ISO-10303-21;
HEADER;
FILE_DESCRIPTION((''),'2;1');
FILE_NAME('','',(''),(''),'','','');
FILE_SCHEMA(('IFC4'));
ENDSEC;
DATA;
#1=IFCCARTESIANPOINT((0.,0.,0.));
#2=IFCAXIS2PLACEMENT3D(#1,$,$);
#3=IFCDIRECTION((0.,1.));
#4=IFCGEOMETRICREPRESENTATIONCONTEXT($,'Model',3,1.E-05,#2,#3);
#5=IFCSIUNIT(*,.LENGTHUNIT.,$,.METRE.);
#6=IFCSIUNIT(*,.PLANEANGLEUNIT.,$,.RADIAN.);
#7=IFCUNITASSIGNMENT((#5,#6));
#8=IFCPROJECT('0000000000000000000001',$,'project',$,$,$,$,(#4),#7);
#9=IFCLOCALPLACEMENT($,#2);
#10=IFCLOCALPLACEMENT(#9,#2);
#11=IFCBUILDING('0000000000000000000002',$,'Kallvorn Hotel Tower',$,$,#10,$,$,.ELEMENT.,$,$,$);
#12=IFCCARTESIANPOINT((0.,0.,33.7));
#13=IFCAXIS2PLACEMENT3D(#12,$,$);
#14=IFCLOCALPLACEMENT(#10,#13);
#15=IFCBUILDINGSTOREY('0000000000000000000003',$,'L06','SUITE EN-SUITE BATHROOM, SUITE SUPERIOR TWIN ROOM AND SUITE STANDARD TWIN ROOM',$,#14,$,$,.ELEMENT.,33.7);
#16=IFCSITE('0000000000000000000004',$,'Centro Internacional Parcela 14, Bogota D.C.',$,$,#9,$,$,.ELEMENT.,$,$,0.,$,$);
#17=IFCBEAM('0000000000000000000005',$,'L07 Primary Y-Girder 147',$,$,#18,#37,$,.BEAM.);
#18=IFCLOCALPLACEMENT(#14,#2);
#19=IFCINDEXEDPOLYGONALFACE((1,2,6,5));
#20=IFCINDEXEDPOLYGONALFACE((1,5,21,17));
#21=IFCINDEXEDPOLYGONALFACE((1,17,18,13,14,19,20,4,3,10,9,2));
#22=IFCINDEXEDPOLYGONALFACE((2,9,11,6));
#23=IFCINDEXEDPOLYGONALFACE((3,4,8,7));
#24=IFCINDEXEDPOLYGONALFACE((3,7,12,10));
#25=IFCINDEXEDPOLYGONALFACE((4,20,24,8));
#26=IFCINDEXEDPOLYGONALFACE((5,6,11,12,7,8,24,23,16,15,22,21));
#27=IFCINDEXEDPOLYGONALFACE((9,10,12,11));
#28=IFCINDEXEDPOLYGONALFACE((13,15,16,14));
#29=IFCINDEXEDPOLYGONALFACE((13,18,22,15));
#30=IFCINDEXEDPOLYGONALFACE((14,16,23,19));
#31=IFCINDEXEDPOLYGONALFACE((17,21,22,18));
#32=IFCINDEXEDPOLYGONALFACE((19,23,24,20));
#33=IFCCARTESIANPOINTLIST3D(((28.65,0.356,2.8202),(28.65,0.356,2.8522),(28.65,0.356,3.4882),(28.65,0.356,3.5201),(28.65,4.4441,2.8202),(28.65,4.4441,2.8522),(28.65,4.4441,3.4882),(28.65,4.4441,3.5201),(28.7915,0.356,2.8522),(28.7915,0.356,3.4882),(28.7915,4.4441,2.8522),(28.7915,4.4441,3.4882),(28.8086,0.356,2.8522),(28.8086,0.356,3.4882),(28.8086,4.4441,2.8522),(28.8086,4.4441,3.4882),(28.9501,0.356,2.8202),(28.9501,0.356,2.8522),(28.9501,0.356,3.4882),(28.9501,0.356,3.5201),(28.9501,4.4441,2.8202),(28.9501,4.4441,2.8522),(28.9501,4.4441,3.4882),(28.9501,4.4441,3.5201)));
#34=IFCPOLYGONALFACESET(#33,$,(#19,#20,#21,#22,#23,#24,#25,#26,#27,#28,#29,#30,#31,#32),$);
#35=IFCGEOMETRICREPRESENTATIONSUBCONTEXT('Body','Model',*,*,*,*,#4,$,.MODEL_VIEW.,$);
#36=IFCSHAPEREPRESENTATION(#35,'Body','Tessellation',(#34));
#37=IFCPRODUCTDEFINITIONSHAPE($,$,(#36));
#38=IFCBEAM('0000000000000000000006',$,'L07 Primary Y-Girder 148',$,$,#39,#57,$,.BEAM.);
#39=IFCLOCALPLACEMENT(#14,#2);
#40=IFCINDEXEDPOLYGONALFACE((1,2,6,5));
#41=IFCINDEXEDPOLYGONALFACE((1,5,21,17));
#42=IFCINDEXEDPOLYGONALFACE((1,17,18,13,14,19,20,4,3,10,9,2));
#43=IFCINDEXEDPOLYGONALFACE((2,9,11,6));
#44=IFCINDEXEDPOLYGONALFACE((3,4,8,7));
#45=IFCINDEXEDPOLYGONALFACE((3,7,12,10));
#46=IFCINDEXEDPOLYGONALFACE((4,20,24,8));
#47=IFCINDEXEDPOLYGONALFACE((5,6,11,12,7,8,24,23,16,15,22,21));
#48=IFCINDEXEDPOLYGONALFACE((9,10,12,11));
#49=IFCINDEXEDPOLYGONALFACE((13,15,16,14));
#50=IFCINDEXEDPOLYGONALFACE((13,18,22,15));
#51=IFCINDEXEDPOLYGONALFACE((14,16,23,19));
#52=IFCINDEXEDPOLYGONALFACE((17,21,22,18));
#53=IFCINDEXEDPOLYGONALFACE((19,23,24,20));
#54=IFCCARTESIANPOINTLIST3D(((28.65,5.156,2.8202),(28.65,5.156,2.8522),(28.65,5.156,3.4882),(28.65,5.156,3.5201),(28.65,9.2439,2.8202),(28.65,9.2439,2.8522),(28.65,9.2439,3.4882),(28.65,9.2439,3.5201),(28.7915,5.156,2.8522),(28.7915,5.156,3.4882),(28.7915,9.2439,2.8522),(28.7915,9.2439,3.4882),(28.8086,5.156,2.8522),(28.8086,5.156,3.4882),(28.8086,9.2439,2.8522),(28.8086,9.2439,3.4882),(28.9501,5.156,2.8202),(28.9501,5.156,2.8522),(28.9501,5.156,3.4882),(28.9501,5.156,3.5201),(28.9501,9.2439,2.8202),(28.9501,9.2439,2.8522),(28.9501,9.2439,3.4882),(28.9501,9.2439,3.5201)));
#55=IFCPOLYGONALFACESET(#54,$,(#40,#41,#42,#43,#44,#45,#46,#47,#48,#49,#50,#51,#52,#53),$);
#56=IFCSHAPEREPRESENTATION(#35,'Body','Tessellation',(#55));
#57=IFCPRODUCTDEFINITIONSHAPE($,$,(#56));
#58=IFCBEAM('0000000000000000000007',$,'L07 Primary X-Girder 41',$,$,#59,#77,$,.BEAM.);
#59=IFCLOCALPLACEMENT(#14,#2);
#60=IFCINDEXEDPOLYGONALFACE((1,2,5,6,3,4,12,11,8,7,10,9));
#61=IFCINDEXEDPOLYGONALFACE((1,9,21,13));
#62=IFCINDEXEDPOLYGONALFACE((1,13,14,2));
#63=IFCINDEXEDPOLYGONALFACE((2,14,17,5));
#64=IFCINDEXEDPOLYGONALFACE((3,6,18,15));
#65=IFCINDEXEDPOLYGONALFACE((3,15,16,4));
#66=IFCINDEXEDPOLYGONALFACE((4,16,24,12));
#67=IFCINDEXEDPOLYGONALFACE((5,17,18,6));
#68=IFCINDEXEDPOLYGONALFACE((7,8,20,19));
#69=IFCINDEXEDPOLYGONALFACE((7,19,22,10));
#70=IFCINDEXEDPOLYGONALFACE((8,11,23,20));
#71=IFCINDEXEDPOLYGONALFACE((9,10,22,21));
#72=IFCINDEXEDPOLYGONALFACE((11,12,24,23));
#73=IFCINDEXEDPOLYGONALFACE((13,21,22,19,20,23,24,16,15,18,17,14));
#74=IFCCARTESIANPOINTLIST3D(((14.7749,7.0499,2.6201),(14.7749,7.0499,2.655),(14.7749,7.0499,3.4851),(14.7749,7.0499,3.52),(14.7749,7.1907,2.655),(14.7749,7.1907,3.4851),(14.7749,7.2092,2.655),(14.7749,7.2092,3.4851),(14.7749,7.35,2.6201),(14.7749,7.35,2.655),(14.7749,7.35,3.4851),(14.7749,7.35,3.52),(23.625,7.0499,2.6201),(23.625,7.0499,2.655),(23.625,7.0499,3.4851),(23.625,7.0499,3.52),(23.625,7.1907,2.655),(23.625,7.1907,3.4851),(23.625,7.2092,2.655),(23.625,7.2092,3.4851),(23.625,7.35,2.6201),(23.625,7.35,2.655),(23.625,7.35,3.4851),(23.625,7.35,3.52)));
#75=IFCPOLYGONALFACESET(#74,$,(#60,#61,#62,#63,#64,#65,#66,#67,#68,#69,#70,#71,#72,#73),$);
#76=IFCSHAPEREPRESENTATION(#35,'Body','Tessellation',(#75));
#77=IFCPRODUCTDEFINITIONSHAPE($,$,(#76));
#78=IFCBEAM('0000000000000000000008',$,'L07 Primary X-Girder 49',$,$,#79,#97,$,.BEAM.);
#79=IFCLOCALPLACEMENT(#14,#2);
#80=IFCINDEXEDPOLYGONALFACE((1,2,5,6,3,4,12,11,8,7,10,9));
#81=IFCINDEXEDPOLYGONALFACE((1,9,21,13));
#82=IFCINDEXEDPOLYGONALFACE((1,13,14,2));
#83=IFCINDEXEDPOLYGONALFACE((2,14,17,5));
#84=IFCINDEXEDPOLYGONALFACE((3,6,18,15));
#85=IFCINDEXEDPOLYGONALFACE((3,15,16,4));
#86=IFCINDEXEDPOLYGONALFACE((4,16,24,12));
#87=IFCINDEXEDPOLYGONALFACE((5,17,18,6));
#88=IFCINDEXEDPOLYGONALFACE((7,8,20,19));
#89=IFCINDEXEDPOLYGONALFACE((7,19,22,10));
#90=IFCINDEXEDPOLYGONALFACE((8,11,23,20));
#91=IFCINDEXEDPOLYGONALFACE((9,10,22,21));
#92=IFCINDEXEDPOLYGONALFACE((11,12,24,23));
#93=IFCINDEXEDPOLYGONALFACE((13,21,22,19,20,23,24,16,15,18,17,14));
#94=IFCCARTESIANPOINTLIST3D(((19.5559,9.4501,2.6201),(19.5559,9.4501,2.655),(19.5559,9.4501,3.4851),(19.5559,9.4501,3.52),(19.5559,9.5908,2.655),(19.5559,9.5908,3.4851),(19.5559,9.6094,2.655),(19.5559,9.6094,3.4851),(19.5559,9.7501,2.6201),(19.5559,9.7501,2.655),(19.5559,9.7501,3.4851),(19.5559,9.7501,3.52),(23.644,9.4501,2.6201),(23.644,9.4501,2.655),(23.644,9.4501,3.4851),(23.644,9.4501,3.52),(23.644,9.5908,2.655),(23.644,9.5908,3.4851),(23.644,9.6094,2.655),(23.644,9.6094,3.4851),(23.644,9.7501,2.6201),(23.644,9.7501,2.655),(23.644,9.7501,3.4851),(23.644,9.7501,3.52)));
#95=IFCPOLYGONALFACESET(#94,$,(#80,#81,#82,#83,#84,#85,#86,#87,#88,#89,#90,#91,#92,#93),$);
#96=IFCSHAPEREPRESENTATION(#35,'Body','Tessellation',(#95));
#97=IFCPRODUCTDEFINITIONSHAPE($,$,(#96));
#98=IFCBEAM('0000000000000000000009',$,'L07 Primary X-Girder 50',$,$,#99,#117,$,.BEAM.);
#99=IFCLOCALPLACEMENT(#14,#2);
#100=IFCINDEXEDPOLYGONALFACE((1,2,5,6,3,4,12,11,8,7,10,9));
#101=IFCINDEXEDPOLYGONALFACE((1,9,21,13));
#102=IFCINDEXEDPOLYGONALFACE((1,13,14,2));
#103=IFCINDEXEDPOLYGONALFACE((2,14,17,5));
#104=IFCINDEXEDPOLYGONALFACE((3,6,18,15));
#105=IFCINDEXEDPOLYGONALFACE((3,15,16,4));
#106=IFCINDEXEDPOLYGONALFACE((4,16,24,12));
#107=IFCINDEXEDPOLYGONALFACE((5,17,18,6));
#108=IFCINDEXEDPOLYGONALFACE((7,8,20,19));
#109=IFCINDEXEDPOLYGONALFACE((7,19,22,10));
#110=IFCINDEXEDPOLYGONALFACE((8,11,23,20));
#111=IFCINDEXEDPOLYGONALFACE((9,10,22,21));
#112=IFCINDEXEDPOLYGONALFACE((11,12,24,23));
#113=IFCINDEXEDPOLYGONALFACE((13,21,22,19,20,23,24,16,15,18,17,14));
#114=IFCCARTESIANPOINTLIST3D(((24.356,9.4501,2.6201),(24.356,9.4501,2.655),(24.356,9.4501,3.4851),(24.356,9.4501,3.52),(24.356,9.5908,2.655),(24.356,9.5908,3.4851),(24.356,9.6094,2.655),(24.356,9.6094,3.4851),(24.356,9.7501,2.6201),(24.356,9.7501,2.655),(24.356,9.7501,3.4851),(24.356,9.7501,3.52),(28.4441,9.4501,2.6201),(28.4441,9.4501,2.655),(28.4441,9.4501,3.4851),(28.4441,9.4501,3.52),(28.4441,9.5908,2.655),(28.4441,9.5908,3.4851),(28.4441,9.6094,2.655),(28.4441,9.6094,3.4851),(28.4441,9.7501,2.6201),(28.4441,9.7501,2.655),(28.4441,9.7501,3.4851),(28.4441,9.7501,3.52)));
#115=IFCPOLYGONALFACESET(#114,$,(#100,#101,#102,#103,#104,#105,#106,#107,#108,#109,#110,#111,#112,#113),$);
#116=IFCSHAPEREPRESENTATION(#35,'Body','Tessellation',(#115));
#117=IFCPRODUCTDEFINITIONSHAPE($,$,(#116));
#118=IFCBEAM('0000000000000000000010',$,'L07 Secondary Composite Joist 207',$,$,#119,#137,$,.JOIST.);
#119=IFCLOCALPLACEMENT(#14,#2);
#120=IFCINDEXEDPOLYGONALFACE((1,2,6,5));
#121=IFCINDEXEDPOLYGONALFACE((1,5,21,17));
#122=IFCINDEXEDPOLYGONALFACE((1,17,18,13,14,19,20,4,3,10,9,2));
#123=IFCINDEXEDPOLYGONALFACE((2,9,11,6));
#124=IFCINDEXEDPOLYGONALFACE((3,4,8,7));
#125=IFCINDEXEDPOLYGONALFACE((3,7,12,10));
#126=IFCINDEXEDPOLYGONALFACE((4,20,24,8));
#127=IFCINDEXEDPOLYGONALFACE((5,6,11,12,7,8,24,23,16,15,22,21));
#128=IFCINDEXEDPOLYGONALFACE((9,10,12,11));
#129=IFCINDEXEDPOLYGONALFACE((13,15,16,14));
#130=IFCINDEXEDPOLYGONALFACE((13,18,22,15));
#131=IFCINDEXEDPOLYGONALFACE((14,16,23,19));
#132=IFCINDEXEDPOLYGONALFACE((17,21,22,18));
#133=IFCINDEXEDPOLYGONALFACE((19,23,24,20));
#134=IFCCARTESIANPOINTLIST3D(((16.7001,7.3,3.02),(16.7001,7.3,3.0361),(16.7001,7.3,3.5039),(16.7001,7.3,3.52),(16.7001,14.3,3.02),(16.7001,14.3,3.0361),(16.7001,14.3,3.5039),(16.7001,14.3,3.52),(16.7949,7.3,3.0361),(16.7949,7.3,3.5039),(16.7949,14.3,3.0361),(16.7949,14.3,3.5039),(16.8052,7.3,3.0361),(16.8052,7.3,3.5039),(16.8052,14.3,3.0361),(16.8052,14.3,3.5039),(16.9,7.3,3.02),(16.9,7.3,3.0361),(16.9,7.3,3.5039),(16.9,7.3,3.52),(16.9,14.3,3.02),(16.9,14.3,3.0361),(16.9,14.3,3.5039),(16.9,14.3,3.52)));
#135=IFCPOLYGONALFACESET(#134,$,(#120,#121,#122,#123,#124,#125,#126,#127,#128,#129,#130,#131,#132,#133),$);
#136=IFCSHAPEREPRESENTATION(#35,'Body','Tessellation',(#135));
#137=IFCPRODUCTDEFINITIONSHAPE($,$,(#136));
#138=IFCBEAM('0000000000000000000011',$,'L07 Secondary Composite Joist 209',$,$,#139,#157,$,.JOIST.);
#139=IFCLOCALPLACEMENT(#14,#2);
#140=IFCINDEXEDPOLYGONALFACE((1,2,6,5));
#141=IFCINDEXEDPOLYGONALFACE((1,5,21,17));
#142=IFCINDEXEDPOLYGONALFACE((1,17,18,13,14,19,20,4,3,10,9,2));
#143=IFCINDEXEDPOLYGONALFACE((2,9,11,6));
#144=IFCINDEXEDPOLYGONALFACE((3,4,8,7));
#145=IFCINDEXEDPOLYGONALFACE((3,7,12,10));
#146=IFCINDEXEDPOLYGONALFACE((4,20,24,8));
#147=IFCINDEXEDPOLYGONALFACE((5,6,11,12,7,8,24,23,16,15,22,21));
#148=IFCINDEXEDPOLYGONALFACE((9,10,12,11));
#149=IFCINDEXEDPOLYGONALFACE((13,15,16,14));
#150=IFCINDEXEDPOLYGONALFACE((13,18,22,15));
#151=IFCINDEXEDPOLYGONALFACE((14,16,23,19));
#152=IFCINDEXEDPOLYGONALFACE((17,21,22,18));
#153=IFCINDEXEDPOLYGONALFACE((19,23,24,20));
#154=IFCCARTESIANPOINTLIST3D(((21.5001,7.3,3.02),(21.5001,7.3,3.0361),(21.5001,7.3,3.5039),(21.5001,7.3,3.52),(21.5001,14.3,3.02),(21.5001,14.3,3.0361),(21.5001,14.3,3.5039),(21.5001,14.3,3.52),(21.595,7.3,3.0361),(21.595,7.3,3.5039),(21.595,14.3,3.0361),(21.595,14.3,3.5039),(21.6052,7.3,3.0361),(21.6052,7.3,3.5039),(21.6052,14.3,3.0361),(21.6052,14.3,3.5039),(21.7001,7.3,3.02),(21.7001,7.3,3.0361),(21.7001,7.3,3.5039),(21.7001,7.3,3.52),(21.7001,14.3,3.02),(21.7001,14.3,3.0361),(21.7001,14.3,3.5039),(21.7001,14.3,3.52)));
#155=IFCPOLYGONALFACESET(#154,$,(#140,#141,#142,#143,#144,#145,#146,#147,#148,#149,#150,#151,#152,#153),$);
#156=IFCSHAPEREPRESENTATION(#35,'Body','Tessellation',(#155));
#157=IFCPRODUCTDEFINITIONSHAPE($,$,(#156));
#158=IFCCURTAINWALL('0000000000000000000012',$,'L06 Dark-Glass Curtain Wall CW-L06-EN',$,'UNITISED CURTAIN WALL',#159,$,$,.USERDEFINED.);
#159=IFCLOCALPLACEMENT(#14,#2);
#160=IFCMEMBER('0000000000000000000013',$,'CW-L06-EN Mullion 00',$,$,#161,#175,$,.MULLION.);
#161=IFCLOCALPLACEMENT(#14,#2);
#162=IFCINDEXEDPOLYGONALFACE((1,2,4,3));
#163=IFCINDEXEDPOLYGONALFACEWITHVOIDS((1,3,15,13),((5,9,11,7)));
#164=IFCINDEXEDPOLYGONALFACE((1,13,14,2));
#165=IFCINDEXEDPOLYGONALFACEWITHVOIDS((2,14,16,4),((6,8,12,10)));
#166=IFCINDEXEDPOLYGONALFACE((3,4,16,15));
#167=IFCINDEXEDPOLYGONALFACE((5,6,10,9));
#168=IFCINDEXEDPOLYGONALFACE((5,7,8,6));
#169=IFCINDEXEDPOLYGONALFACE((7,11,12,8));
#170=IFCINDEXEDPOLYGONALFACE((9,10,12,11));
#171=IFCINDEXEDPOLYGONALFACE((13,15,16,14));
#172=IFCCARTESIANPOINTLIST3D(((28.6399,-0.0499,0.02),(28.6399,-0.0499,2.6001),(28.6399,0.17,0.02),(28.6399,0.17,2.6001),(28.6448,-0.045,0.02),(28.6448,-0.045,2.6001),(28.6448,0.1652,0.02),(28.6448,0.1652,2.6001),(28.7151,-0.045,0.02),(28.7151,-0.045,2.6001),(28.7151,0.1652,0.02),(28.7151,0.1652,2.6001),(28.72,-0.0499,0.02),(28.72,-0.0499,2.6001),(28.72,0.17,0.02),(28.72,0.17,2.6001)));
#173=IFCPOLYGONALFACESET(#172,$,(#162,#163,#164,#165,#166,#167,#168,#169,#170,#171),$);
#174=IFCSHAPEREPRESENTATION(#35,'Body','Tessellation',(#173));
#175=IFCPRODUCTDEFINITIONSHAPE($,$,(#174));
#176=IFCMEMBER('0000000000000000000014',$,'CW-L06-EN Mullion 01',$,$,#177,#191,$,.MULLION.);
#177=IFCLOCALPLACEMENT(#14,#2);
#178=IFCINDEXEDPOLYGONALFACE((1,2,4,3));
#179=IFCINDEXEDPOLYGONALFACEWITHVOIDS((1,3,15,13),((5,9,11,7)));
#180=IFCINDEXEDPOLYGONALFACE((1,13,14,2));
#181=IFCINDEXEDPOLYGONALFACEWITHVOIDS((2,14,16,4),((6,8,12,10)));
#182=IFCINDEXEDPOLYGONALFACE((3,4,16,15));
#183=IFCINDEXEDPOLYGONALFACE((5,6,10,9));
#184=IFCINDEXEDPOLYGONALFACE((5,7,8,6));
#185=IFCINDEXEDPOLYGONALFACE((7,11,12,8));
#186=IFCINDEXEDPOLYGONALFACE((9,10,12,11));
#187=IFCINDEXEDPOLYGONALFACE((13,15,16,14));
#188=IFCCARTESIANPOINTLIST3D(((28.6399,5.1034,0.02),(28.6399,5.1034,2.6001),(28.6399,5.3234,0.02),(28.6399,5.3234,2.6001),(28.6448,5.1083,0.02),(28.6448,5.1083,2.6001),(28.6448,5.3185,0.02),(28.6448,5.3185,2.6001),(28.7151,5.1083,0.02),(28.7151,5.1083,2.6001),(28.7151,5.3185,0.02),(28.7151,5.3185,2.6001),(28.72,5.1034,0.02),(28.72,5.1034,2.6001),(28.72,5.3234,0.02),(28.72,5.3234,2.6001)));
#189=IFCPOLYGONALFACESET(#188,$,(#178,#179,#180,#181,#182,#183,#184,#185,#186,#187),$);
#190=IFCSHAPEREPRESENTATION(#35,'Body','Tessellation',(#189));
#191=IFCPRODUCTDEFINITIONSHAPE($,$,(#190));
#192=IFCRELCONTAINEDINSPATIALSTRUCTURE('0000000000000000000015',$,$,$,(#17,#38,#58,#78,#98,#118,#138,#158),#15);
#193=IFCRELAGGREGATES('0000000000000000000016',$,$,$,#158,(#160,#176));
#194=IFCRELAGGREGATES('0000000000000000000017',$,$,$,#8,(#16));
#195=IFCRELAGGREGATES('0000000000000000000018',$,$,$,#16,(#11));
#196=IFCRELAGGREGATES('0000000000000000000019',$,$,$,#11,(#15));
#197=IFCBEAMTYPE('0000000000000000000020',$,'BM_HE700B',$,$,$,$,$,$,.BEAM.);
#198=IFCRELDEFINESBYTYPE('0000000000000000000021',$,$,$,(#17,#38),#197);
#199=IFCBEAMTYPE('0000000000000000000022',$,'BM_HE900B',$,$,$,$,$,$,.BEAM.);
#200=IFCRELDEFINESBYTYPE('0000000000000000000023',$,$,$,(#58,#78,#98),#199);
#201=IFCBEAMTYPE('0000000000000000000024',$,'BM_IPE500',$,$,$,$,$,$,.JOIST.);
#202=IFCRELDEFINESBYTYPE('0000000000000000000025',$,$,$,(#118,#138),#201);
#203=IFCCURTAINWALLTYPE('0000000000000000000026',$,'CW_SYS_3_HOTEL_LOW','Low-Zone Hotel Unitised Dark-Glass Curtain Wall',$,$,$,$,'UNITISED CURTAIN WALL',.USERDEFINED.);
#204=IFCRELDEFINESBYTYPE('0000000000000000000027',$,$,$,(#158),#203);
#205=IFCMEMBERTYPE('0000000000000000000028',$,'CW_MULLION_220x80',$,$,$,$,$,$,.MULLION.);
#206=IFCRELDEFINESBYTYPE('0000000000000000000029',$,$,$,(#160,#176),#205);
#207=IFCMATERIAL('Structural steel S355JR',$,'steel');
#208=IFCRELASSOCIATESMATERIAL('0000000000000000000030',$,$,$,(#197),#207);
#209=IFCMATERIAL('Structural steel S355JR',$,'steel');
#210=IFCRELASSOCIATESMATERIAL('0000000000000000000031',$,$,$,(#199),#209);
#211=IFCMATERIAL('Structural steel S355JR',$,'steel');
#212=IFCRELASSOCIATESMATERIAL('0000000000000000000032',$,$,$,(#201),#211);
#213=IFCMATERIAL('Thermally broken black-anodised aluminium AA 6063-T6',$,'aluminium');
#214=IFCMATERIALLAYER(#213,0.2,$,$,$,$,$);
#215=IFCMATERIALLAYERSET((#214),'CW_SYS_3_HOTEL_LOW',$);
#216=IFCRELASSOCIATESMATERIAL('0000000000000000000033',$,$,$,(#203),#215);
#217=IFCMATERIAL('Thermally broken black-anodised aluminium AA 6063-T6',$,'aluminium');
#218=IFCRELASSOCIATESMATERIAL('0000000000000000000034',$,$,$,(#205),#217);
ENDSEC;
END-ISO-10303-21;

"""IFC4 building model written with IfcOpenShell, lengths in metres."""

from ifc_helpers import new_model, si_unit, direction, frame, origin, origin_2d, place, context, subcontext, project, spatial, hollow_rectangle, i_section, extrude, material, layer, layer_set, material_profile, profile_set, type_object, element, aggregate, save


model = new_model("IFC4")

# Units and contexts
model_context = context("Model", 3, precision=1e-05, world=origin(), true_north=direction((0.0, 1.0)))
body_context = subcontext(model_context, "Body", "Model", "MODEL_VIEW")
ifc_project = project(units=[si_unit("LENGTHUNIT", "METRE"), si_unit("PLANEANGLEUNIT", "RADIAN")], contexts=[model_context])

# Site, building, storey
site_placement = place(None, origin())
site = spatial("IfcSite", under=ifc_project, at=site_placement, Name="Centro Internacional Parcela 14, Bogota D.C.", CompositionType="ELEMENT", RefElevation=0.0)
building_placement = place(site_placement, origin())
building = spatial("IfcBuilding", under=site, at=building_placement, Name="Kallvorn Hotel Tower", CompositionType="ELEMENT")
storey_placement = place(building_placement, frame((0.0, 0.0, 33.7)))
storey = spatial("IfcBuildingStorey", under=building, at=storey_placement, Name="L06", Description="SUITE EN-SUITE BATHROOM, SUITE SUPERIOR TWIN ROOM AND SUITE STANDARD TWIN ROOM", CompositionType="ELEMENT", Elevation=33.7)

# Beams
ifc_material_1 = material(Name="Structural steel S355JR", Category="steel")
ifc_material_profile_1 = material_profile(ifc_material_1, i_section(OverallWidth=0.3, OverallDepth=0.7, WebThickness=0.0171, FlangeThickness=0.032, at=origin_2d()), Name="HE 700 B")
ifc_profile_set_1 = profile_set([ifc_material_profile_1], Name="Structural steel S355JR")
beam_type_1 = type_object("IfcBeamType", Name="BM_HE700B", PredefinedType="BEAM", material=ifc_profile_set_1)
beam_1_placement = place(storey_placement, frame((28.8, 0.356, 3.1702), z_axis=(0.0, 1.0, 0.0), x_axis=(-1.0, 0.0, 0.0)))
element("IfcBeam", 1, at=beam_1_placement, inside=storey, type_object=beam_type_1, Name="L07 Primary Y-Girder 147", PredefinedType="BEAM", context=body_context, shape_type="SweptSolid", body=[
    extrude(i_section(OverallWidth=0.3, OverallDepth=0.7, WebThickness=0.0171, FlangeThickness=0.032, at=origin_2d()), origin(), (0.0, 0.0, 1.0), 4.0881),
])
beam_2_placement = place(storey_placement, frame((28.8, 5.156, 3.1702), z_axis=(0.0, 1.0, 0.0), x_axis=(-1.0, 0.0, 0.0)))
element("IfcBeam", 2, at=beam_2_placement, inside=storey, type_object=beam_type_1, Name="L07 Primary Y-Girder 148", PredefinedType="BEAM", context=body_context, shape_type="SweptSolid", body=[
    extrude(i_section(OverallWidth=0.3, OverallDepth=0.7, WebThickness=0.0171, FlangeThickness=0.032, at=origin_2d()), origin(), (0.0, 0.0, 1.0), 4.0879),
])
ifc_material_2 = material(Name="Structural steel S355JR", Category="steel")
ifc_material_profile_2 = material_profile(ifc_material_2, i_section(OverallWidth=0.3, OverallDepth=0.8999, WebThickness=0.0186, FlangeThickness=0.0349, at=origin_2d()), Name="HE 900 B")
ifc_profile_set_2 = profile_set([ifc_material_profile_2], Name="Structural steel S355JR")
beam_type_2 = type_object("IfcBeamType", Name="BM_HE900B", PredefinedType="BEAM", material=ifc_profile_set_2)
beam_3_placement = place(storey_placement, frame((14.7749, 7.2, 3.0701), z_axis=(1.0, 0.0, 0.0), x_axis=(0.0, 1.0, 0.0)))
element("IfcBeam", 3, at=beam_3_placement, inside=storey, type_object=beam_type_2, Name="L07 Primary X-Girder 41", PredefinedType="BEAM", context=body_context, shape_type="SweptSolid", body=[
    extrude(i_section(OverallWidth=0.3, OverallDepth=0.8999, WebThickness=0.0186, FlangeThickness=0.0349, at=origin_2d()), origin(), (0.0, 0.0, 1.0), 8.8501),
])
for number, where, z_axis, x_axis, name in (
    (4, (19.5559, 9.6001, 3.0701), (1.0, 0.0, 0.0), (0.0, 1.0, 0.0), "L07 Primary X-Girder 49"),
    (5, (24.356, 9.6001, 3.0701), (1.0, 0.0, 0.0), (0.0, 1.0, 0.0), "L07 Primary X-Girder 50"),
):
    element("IfcBeam", number, at=place(storey_placement, frame(where, z_axis=z_axis, x_axis=x_axis)), inside=storey, type_object=beam_type_2, Name=name, PredefinedType="BEAM", context=body_context, shape_type="SweptSolid", body=[
        extrude(i_section(OverallWidth=0.3, OverallDepth=0.8999, WebThickness=0.0186, FlangeThickness=0.0349, at=origin_2d()), origin(), (0.0, 0.0, 1.0), 4.0881),
    ])
ifc_material_3 = material(Name="Structural steel S355JR", Category="steel")
ifc_material_profile_3 = material_profile(ifc_material_3, i_section(OverallWidth=0.2, OverallDepth=0.5, WebThickness=0.0103, FlangeThickness=0.0161, at=origin_2d()), Name="IPE 500")
ifc_profile_set_3 = profile_set([ifc_material_profile_3], Name="Structural steel S355JR")
beam_type_3 = type_object("IfcBeamType", Name="BM_IPE500", PredefinedType="JOIST", material=ifc_profile_set_3)
for number, where, z_axis, x_axis, name in (
    (6, (16.8, 7.3, 3.27), (0.0, 1.0, 0.0), (-1.0, 0.0, 0.0), "L07 Secondary Composite Joist 207"),
    (7, (21.6001, 7.3, 3.27), (0.0, 1.0, 0.0), (-1.0, 0.0, 0.0), "L07 Secondary Composite Joist 209"),
):
    element("IfcBeam", number, at=place(storey_placement, frame(where, z_axis=z_axis, x_axis=x_axis)), inside=storey, type_object=beam_type_3, Name=name, PredefinedType="JOIST", context=body_context, shape_type="SweptSolid", body=[
        extrude(i_section(OverallWidth=0.2, OverallDepth=0.5, WebThickness=0.0103, FlangeThickness=0.0161, at=origin_2d()), origin(), (0.0, 0.0, 1.0), 7.0),
    ])

# Curtain wall, members
ifc_material_4 = material(Name="Thermally broken black-anodised aluminium AA 6063-T6", Category="aluminium")
ifc_layer_1 = layer(ifc_material_4, 0.2)
ifc_layer_set_1 = layer_set([ifc_layer_1], Name="CW_SYS_3_HOTEL_LOW")
curtain_wall_type = type_object("IfcCurtainWallType", Name="CW_SYS_3_HOTEL_LOW", Description="Low-Zone Hotel Unitised Dark-Glass Curtain Wall", ElementType="UNITISED CURTAIN WALL", PredefinedType="USERDEFINED", material=ifc_layer_set_1)
curtain_wall_placement = place(storey_placement, origin())
curtain_wall = element("IfcCurtainWall", 8, at=curtain_wall_placement, inside=storey, type_object=curtain_wall_type, Name="L06 Dark-Glass Curtain Wall CW-L06-EN", ObjectType="UNITISED CURTAIN WALL", PredefinedType="USERDEFINED")
ifc_material_5 = material(Name="Thermally broken black-anodised aluminium AA 6063-T6", Category="aluminium")
ifc_material_profile_4 = material_profile(ifc_material_5, hollow_rectangle(XDim=0.0801, YDim=0.22, WallThickness=0.0049, at=origin_2d()), Name="MUL 220x80")
ifc_profile_set_4 = profile_set([ifc_material_profile_4], Name="Thermally broken black-anodised aluminium AA 6063-T6")
member_type_1 = type_object("IfcMemberType", Name="CW_MULLION_220x80", PredefinedType="MULLION", material=ifc_profile_set_4)
member_1_placement = place(storey_placement, frame((28.6799, 0.0601, 0.02), z_axis=(0.0, 0.0, 1.0), x_axis=(1.0, 0.0, 0.0)))
member_1 = element("IfcMember", 9, at=member_1_placement, type_object=member_type_1, Name="CW-L06-EN Mullion 00", PredefinedType="MULLION", context=body_context, shape_type="SweptSolid", body=[
    extrude(hollow_rectangle(XDim=0.0801, YDim=0.22, WallThickness=0.0049, at=origin_2d()), origin(), (0.0, 0.0, 1.0), 2.5801),
])
member_2_placement = place(storey_placement, frame((28.6799, 5.2134, 0.02), z_axis=(0.0, 0.0, 1.0), x_axis=(1.0, 0.0, 0.0)))
member_2 = element("IfcMember", 10, at=member_2_placement, type_object=member_type_1, Name="CW-L06-EN Mullion 01", PredefinedType="MULLION", context=body_context, shape_type="SweptSolid", body=[
    extrude(hollow_rectangle(XDim=0.0801, YDim=0.22, WallThickness=0.0049, at=origin_2d()), origin(), (0.0, 0.0, 1.0), 2.5801),
])
aggregate(curtain_wall, [member_1, member_2])

save(model, "model.ifc")
